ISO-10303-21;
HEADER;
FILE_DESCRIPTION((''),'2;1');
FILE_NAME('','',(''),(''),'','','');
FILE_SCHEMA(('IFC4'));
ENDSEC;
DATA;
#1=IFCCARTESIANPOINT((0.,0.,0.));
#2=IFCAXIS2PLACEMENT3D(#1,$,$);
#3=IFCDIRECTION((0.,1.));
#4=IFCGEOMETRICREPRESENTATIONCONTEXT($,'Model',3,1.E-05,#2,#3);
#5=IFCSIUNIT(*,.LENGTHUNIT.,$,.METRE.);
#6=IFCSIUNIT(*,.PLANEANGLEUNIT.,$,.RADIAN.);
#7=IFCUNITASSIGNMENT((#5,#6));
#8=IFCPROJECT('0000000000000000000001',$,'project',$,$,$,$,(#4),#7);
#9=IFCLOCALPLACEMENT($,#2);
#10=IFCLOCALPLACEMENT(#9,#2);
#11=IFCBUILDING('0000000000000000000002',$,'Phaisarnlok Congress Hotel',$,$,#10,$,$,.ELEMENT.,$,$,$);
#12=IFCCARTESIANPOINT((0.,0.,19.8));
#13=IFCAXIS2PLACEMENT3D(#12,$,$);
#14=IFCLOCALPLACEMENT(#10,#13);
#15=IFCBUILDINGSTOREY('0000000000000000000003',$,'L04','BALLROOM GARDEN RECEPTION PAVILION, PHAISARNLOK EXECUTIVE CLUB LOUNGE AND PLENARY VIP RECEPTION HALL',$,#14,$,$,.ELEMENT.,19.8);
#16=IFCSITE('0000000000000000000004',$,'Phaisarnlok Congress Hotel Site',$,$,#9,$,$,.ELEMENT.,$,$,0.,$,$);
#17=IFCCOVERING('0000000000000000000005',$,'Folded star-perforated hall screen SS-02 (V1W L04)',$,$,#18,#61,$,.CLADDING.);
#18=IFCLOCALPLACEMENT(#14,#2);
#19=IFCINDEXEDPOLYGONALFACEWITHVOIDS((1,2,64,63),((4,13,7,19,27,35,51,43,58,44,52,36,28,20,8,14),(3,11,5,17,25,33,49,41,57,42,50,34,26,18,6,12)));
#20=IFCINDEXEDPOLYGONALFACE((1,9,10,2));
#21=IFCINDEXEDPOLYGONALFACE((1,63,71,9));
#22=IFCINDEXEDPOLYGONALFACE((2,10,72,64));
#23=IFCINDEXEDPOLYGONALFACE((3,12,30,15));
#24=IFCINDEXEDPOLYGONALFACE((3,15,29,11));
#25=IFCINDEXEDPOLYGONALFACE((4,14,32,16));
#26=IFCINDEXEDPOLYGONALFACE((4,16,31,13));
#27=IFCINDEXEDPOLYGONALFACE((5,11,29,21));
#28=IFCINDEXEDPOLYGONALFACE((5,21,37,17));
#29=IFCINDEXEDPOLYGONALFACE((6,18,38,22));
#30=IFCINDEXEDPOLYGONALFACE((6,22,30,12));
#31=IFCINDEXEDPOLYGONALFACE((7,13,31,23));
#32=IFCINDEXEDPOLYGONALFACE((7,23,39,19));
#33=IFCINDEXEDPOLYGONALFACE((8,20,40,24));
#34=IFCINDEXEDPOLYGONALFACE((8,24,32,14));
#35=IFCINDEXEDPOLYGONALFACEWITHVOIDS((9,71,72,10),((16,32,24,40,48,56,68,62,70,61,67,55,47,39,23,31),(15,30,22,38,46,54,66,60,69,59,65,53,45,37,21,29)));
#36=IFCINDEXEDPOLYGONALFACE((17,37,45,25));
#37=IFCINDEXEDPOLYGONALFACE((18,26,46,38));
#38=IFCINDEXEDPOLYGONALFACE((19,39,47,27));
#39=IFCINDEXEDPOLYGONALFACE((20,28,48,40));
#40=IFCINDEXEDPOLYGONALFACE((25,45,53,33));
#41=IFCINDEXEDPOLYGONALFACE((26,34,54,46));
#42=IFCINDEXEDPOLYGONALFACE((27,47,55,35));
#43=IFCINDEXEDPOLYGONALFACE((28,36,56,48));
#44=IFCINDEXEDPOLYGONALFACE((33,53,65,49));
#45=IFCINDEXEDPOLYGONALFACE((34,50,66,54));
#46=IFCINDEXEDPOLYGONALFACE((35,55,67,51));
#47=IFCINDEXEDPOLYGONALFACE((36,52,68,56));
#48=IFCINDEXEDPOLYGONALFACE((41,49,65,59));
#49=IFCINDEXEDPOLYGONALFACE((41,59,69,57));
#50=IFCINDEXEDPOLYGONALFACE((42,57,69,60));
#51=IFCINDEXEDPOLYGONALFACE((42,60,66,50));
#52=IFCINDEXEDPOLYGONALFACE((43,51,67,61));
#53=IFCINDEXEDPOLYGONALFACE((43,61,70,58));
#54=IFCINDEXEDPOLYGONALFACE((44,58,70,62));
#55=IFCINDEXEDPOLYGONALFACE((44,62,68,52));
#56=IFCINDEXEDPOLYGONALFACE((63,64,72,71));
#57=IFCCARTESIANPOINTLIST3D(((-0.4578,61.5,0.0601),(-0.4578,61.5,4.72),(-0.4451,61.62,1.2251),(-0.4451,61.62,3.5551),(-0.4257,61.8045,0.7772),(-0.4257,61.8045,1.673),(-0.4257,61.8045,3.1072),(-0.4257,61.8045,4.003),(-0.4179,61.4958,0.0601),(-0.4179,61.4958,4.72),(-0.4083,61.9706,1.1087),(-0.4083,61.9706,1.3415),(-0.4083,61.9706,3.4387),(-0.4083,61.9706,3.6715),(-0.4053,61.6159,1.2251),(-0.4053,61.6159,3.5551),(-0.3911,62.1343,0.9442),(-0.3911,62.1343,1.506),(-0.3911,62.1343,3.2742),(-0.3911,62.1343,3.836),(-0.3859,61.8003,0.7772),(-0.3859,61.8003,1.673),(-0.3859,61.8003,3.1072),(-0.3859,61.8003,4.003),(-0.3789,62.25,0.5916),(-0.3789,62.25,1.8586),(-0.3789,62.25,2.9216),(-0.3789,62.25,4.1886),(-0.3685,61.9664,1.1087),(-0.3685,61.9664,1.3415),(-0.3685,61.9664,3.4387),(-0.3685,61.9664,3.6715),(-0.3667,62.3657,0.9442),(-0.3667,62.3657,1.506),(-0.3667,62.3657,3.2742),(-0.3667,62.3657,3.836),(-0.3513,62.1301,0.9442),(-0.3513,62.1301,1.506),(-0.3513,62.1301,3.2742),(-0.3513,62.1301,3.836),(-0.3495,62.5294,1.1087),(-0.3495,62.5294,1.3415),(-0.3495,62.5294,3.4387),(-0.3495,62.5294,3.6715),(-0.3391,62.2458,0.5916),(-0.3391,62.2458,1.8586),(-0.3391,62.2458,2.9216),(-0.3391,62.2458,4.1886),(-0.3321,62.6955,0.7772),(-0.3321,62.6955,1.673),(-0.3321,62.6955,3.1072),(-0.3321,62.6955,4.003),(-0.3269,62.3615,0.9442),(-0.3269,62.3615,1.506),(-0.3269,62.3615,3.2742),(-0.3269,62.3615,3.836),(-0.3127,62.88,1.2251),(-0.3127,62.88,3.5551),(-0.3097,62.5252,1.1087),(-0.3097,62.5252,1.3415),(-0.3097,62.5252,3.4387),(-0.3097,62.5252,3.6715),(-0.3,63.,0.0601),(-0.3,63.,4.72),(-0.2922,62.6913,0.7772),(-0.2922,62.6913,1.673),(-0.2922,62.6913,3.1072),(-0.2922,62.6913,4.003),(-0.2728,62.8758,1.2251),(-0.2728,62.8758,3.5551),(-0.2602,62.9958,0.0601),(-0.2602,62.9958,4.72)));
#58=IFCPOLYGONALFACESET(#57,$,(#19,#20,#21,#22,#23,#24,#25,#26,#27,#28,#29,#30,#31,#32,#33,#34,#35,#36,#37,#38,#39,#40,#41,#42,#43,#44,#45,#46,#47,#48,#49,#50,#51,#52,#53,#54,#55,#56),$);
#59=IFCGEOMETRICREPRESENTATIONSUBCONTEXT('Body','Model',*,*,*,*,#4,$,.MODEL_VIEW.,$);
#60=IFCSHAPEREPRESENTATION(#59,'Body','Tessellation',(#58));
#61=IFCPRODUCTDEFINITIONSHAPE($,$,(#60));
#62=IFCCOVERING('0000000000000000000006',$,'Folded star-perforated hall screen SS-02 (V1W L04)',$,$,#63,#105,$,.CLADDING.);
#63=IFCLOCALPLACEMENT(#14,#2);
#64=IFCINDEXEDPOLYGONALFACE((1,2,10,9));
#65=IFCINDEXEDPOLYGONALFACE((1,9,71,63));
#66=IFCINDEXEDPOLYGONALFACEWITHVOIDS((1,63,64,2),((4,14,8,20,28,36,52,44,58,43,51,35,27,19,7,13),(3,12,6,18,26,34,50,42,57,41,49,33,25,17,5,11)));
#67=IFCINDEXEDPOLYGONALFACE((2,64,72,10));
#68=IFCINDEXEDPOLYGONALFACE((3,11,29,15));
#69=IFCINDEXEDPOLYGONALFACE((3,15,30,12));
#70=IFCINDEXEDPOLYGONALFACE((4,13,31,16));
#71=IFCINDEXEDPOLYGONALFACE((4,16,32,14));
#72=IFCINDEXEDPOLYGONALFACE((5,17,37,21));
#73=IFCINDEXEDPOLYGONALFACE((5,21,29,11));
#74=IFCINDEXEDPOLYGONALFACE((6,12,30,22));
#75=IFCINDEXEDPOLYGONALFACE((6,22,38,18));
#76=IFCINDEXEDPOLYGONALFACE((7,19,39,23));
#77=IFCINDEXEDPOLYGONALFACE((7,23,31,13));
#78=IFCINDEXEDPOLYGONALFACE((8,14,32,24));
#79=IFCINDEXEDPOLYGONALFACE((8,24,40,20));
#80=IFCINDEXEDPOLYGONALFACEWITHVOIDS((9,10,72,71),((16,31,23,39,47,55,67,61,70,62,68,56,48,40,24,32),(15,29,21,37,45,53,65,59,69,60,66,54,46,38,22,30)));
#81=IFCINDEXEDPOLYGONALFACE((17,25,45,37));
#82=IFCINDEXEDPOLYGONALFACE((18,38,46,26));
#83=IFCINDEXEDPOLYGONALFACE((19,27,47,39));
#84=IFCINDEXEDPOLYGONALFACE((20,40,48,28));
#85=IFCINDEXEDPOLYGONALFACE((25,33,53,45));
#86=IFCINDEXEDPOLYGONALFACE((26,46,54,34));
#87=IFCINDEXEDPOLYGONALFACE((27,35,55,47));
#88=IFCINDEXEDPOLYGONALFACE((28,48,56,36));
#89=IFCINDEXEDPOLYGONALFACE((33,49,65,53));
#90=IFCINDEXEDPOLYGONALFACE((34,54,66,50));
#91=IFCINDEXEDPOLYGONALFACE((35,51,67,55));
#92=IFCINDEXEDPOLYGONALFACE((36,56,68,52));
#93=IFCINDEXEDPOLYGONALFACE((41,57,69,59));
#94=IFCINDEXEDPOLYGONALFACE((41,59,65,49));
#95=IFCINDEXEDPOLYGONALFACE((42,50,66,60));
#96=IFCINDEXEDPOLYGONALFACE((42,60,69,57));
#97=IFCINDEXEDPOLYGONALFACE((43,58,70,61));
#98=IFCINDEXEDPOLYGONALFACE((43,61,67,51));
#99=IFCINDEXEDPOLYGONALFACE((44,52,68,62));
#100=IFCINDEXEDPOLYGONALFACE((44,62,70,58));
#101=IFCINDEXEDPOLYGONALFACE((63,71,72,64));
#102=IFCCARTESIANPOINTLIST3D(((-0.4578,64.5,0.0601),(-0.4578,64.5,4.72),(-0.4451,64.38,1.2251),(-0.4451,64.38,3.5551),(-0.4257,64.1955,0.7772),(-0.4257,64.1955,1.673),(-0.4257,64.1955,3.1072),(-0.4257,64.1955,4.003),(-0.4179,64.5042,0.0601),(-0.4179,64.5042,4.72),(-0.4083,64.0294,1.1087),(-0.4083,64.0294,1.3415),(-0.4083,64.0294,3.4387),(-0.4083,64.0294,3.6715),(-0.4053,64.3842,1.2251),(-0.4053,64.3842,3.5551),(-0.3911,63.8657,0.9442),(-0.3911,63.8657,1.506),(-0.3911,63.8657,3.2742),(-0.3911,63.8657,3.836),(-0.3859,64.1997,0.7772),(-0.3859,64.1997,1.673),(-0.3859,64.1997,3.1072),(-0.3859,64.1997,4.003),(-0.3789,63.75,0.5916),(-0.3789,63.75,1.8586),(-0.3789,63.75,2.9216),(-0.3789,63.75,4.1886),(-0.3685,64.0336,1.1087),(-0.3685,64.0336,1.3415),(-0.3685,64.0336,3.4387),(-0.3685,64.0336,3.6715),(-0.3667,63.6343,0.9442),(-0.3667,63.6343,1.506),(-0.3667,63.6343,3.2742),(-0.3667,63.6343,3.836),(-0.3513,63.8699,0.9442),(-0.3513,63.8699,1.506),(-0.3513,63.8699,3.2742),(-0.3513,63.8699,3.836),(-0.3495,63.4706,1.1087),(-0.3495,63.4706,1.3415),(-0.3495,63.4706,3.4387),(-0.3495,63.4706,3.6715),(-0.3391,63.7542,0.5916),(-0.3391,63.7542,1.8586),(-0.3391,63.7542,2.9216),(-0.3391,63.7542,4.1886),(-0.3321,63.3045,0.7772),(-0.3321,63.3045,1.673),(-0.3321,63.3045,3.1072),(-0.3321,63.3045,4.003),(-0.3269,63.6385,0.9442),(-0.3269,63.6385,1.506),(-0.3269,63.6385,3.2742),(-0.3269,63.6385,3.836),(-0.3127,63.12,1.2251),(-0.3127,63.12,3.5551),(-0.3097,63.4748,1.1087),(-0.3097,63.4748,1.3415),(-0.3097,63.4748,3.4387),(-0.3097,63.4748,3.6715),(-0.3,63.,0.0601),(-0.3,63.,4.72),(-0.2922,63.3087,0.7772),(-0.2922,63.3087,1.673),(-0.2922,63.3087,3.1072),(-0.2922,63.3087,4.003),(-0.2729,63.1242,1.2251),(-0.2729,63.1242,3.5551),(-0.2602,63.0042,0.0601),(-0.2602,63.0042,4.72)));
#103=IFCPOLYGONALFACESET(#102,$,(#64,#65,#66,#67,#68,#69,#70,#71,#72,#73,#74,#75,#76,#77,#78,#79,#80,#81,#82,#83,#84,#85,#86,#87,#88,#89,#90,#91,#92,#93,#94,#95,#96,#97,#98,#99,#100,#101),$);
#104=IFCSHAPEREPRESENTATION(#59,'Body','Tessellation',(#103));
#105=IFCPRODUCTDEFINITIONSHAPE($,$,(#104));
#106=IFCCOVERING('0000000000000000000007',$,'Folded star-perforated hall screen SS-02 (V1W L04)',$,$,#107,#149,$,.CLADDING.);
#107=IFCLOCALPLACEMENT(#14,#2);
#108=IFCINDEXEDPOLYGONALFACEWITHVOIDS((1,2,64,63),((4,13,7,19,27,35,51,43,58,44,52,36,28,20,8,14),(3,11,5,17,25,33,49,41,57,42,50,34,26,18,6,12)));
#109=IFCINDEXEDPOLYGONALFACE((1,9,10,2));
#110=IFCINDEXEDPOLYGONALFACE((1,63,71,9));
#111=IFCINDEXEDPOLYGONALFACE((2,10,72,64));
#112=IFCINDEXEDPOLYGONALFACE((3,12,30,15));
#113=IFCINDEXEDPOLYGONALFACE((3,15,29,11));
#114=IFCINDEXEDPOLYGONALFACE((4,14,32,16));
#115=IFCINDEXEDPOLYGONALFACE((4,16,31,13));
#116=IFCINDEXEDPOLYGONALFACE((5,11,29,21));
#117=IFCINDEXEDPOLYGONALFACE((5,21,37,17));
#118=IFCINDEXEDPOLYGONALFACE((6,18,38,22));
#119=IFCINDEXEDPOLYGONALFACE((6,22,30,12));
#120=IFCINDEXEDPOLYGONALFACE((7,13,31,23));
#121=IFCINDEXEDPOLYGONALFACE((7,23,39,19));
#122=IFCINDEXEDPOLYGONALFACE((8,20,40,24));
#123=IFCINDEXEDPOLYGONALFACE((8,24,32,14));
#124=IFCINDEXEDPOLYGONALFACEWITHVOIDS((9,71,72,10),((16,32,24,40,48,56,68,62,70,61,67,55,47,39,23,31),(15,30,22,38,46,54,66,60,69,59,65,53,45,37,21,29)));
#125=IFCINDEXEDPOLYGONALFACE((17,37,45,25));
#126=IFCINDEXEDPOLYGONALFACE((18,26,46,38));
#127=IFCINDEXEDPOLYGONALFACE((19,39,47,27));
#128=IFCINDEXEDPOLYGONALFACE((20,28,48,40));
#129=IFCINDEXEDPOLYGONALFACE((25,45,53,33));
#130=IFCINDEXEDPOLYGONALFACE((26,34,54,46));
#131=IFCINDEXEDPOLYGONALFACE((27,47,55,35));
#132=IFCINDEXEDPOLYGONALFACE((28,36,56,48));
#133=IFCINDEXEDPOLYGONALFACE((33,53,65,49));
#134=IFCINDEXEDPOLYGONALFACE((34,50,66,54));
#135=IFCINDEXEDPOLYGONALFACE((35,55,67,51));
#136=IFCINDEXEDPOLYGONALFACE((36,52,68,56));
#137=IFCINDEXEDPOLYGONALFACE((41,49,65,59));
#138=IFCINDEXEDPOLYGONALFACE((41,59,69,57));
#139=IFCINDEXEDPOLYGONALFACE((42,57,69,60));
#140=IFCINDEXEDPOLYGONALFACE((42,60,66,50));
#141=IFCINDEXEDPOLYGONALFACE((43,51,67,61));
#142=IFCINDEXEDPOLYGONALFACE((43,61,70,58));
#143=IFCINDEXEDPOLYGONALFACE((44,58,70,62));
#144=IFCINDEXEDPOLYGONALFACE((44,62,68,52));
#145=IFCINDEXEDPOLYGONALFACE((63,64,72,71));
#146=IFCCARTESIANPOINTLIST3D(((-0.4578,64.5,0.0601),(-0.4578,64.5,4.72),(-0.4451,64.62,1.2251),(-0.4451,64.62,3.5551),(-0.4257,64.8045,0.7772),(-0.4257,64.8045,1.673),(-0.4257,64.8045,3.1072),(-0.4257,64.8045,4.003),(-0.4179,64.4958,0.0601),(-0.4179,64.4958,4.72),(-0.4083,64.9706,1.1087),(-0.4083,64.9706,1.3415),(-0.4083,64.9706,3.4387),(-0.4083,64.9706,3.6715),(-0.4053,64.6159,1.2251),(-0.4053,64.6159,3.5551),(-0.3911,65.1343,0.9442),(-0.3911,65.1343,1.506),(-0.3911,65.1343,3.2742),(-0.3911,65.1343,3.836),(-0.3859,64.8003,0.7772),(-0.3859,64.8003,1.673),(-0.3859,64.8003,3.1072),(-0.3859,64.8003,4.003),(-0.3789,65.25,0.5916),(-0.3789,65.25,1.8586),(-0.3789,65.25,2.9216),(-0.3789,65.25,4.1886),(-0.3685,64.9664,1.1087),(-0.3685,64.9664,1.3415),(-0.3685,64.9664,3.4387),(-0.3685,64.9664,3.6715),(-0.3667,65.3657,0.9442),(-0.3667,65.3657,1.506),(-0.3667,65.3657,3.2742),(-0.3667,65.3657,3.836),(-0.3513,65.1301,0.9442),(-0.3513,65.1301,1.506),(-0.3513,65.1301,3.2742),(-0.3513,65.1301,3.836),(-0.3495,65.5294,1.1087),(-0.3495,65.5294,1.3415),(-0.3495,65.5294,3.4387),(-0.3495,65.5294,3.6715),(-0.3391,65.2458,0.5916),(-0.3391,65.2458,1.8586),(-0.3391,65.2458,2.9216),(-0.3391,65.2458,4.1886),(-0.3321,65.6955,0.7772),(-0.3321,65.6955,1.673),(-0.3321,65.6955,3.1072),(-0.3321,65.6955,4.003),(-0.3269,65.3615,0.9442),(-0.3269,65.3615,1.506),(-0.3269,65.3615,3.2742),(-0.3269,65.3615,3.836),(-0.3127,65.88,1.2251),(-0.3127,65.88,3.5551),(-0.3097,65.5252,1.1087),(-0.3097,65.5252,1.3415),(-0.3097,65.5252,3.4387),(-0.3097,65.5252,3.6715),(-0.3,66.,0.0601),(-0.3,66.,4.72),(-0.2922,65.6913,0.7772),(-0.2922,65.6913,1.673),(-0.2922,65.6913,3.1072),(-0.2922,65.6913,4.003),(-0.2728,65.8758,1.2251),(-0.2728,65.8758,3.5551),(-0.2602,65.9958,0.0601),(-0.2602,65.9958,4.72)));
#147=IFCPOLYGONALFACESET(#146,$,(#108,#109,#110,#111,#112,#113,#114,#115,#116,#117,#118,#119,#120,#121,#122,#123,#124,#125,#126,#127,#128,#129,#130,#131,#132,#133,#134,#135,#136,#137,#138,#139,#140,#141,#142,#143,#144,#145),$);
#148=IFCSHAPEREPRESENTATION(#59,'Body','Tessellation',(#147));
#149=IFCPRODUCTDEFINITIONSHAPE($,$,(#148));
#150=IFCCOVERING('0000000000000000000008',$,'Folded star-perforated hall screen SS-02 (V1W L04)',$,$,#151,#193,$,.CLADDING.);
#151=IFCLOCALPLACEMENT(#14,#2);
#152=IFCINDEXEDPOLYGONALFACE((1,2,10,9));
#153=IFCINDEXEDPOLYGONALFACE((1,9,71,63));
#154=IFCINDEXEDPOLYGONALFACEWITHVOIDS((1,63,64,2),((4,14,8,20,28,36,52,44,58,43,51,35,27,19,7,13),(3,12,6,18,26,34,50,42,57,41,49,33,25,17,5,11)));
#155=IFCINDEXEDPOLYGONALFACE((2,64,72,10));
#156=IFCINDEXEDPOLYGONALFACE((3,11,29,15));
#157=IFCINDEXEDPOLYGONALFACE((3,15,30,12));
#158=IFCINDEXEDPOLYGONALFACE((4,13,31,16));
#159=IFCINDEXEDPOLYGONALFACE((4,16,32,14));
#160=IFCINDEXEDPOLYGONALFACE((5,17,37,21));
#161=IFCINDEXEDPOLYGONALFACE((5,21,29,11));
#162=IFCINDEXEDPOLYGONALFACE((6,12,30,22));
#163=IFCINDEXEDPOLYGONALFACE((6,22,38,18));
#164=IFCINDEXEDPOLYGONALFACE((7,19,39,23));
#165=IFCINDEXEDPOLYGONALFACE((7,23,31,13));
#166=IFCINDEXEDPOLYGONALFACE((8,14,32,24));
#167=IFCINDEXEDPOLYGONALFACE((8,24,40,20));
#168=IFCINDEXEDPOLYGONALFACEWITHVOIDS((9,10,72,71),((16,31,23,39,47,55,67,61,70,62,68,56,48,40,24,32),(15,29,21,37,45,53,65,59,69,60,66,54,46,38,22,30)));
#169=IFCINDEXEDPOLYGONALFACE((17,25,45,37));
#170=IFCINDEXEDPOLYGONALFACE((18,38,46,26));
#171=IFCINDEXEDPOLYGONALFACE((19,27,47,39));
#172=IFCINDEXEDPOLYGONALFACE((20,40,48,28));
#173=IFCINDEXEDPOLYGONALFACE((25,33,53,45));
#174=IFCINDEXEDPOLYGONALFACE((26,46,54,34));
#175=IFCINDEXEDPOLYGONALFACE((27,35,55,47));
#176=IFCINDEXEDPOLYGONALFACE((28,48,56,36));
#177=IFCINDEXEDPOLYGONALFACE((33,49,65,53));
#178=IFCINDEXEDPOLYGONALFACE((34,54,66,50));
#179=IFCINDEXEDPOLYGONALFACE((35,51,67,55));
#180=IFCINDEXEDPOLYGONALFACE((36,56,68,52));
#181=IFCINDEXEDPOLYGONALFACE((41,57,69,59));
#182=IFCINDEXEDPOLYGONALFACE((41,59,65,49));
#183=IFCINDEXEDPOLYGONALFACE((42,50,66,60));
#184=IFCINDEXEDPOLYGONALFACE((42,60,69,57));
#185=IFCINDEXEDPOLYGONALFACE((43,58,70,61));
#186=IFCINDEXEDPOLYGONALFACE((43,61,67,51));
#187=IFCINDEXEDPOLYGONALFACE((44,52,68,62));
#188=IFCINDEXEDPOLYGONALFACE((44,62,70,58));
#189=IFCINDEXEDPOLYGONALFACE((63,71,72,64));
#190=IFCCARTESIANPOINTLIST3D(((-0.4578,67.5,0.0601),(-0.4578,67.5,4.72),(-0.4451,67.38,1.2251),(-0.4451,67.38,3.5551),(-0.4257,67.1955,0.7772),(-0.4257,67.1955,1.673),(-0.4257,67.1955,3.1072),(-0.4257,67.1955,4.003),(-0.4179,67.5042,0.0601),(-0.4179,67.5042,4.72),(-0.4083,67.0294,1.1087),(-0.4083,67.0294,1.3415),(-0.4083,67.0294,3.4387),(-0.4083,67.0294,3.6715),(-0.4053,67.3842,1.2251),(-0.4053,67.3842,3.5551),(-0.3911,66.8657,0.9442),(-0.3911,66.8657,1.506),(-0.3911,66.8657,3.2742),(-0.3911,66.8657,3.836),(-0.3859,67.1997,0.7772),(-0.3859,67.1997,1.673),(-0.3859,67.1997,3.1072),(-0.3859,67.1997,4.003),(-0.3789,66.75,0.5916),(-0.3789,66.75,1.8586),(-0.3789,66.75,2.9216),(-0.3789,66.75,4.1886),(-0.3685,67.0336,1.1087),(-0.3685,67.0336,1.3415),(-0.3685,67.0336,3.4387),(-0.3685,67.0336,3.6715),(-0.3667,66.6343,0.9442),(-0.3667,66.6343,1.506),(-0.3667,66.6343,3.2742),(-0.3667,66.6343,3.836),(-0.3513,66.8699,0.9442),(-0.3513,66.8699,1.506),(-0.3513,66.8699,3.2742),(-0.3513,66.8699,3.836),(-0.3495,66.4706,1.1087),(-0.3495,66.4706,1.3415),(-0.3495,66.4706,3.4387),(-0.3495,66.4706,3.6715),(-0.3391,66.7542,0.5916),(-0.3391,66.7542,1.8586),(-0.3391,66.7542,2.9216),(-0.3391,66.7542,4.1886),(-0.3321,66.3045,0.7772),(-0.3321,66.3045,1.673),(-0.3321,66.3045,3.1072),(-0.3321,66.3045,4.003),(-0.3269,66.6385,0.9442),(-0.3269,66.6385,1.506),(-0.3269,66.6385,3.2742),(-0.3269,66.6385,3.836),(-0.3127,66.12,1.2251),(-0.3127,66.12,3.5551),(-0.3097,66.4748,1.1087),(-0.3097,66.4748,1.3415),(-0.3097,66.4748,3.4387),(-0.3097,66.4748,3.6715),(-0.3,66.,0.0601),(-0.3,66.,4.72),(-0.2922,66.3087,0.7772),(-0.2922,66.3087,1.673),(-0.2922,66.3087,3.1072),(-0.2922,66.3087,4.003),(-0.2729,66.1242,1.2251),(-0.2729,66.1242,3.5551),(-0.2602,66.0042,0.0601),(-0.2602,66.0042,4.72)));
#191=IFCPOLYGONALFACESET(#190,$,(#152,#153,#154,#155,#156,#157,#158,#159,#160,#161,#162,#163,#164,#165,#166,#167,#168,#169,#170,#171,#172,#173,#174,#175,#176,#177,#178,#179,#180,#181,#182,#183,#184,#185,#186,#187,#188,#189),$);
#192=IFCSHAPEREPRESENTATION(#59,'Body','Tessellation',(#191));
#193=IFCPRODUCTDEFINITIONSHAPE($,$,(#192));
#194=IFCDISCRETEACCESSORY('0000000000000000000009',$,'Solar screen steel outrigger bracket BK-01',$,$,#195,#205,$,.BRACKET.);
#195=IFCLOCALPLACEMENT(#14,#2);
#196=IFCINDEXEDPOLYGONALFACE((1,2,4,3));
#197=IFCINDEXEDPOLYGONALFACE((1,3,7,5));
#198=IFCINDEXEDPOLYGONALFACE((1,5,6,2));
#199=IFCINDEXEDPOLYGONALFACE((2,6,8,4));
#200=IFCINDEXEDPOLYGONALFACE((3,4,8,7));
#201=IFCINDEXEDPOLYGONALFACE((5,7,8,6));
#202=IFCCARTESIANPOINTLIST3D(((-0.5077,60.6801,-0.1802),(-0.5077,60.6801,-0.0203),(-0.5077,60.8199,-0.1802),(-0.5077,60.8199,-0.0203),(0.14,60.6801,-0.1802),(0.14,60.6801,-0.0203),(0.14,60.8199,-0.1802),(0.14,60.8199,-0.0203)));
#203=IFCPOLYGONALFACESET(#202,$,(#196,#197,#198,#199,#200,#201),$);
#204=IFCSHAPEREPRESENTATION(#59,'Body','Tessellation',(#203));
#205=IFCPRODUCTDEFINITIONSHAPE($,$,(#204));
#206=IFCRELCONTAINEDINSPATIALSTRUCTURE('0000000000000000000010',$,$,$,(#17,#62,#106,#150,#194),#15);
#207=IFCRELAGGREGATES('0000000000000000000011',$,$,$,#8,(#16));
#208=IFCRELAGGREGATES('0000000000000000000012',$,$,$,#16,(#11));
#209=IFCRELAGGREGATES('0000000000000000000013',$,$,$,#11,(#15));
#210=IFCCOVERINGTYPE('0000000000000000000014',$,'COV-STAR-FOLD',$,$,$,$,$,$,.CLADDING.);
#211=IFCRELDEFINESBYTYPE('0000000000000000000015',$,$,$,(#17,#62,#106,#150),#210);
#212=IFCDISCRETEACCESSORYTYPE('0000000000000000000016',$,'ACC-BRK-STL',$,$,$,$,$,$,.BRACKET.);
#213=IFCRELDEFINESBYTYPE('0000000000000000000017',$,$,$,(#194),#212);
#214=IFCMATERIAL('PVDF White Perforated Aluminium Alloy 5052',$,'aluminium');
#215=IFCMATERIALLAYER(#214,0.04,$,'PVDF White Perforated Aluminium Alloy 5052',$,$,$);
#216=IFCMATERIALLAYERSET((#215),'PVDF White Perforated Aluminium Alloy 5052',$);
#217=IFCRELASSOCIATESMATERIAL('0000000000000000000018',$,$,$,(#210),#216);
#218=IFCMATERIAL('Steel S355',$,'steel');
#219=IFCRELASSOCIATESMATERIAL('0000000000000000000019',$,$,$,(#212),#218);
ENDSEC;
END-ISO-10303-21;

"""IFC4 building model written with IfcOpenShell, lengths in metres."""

from ifc_helpers import new_model, si_unit, direction, frame, origin, origin_2d, place, context, subcontext, project, spatial, polyline, rectangle, outline, extrude, material, layer, layer_set, type_object, element, save


model = new_model("IFC4")

# Units and contexts
model_context = context("Model", 3, precision=1e-05, world=origin(), true_north=direction((0.0, 1.0)))
body_context = subcontext(model_context, "Body", "Model", "MODEL_VIEW")
ifc_project = project(units=[si_unit("LENGTHUNIT", "METRE"), si_unit("PLANEANGLEUNIT", "RADIAN")], contexts=[model_context])

# Site, building, storey
site_placement = place(None, origin())
site = spatial("IfcSite", under=ifc_project, at=site_placement, Name="Phaisarnlok Congress Hotel Site", CompositionType="ELEMENT", RefElevation=0.0)
building_placement = place(site_placement, origin())
building = spatial("IfcBuilding", under=site, at=building_placement, Name="Phaisarnlok Congress Hotel", CompositionType="ELEMENT")
storey_placement = place(building_placement, frame((0.0, 0.0, 19.8)))
storey = spatial("IfcBuildingStorey", under=building, at=storey_placement, Name="L04", Description="BALLROOM GARDEN RECEPTION PAVILION, PHAISARNLOK EXECUTIVE CLUB LOUNGE AND PLENARY VIP RECEPTION HALL", CompositionType="ELEMENT", Elevation=19.8)

# Shared definitions
ifc_material_1 = material(Name="Steel S355", Category="steel")

# Coverings
ifc_material_2 = material(Name="PVDF White Perforated Aluminium Alloy 5052", Category="aluminium")
ifc_layer_1 = layer(ifc_material_2, 0.04, Name="PVDF White Perforated Aluminium Alloy 5052")
ifc_layer_set_1 = layer_set([ifc_layer_1], Name="PVDF White Perforated Aluminium Alloy 5052")
covering_type = type_object("IfcCoveringType", Name="COV-STAR-FOLD", PredefinedType="CLADDING", material=ifc_layer_set_1)
for number, where, z_axis, x_axis, name in (
    (1, (-0.4578, 61.5, 0.0601), (0.994518, -0.104567, 0.0), (0.104567, 0.994518, 0.0), "Folded star-perforated hall screen SS-02 (V1W L04)"),
    (2, (-0.3, 63.0, 0.0601), (0.994518, 0.104567, 0.0), (-0.104567, 0.994518, 0.0), "Folded star-perforated hall screen SS-02 (V1W L04)"),
    (3, (-0.4578, 64.5, 0.0601), (0.994518, -0.104567, 0.0), (0.104567, 0.994518, 0.0), "Folded star-perforated hall screen SS-02 (V1W L04)"),
    (4, (-0.3, 66.0, 0.0601), (0.994518, 0.104567, 0.0), (-0.104567, 0.994518, 0.0), "Folded star-perforated hall screen SS-02 (V1W L04)"),
):
    element("IfcCovering", number, at=place(storey_placement, frame(where, z_axis=z_axis, x_axis=x_axis)), inside=storey, type_object=covering_type, Name=name, PredefinedType="CLADDING", context=body_context, shape_type="SweptSolid", body=[
        extrude(outline(polyline([(0.0, 0.0), (1.5083, 0.0), (1.5083, 4.6599), (0.0, 4.6599), (0.0, 0.0)]), holes=[polyline([(1.0351, 1.0486), (1.2021, 0.7171), (0.8705, 0.8841), (0.7541, 0.5315), (0.6378, 0.8841), (0.3062, 0.7171), (0.4732, 1.0486), (0.1207, 1.165), (0.4732, 1.2814), (0.3062, 1.6129), (0.6378, 1.4459), (0.7541, 1.7985), (0.8705, 1.4459), (1.2021, 1.6129), (1.0351, 1.2814), (1.3876, 1.165), (1.0351, 1.0486)]), polyline([(1.0351, 3.3786), (1.2021, 3.0471), (0.8705, 3.2141), (0.7541, 2.8615), (0.6378, 3.2141), (0.3062, 3.0471), (0.4732, 3.3786), (0.1207, 3.495), (0.4732, 3.6114), (0.3062, 3.9429), (0.6378, 3.7759), (0.7541, 4.1285), (0.8705, 3.7759), (1.2021, 3.9429), (1.0351, 3.6114), (1.3876, 3.495), (1.0351, 3.3786)])]), origin(), (0.0, 0.0, 1.0), 0.04),
    ])

# Discrete accessory
discrete_accessory_type = type_object("IfcDiscreteAccessoryType", Name="ACC-BRK-STL", PredefinedType="BRACKET", material=ifc_material_1)
for number, where, z_axis, x_axis, name in (
    (5, (-0.1838, 60.75, -0.1802), (0.0, 0.0, 1.0), (1.0, 0.0, 0.0), "Solar screen steel outrigger bracket BK-01"),
):
    element("IfcDiscreteAccessory", number, at=place(storey_placement, frame(where, z_axis=z_axis, x_axis=x_axis)), inside=storey, type_object=discrete_accessory_type, Name=name, PredefinedType="BRACKET", context=body_context, shape_type="SweptSolid", body=[
        extrude(rectangle(XDim=0.6477, YDim=0.1399, at=origin_2d()), origin(), (0.0, 0.0, 1.0), 0.1599),
    ])

save(model, "model.ifc")
